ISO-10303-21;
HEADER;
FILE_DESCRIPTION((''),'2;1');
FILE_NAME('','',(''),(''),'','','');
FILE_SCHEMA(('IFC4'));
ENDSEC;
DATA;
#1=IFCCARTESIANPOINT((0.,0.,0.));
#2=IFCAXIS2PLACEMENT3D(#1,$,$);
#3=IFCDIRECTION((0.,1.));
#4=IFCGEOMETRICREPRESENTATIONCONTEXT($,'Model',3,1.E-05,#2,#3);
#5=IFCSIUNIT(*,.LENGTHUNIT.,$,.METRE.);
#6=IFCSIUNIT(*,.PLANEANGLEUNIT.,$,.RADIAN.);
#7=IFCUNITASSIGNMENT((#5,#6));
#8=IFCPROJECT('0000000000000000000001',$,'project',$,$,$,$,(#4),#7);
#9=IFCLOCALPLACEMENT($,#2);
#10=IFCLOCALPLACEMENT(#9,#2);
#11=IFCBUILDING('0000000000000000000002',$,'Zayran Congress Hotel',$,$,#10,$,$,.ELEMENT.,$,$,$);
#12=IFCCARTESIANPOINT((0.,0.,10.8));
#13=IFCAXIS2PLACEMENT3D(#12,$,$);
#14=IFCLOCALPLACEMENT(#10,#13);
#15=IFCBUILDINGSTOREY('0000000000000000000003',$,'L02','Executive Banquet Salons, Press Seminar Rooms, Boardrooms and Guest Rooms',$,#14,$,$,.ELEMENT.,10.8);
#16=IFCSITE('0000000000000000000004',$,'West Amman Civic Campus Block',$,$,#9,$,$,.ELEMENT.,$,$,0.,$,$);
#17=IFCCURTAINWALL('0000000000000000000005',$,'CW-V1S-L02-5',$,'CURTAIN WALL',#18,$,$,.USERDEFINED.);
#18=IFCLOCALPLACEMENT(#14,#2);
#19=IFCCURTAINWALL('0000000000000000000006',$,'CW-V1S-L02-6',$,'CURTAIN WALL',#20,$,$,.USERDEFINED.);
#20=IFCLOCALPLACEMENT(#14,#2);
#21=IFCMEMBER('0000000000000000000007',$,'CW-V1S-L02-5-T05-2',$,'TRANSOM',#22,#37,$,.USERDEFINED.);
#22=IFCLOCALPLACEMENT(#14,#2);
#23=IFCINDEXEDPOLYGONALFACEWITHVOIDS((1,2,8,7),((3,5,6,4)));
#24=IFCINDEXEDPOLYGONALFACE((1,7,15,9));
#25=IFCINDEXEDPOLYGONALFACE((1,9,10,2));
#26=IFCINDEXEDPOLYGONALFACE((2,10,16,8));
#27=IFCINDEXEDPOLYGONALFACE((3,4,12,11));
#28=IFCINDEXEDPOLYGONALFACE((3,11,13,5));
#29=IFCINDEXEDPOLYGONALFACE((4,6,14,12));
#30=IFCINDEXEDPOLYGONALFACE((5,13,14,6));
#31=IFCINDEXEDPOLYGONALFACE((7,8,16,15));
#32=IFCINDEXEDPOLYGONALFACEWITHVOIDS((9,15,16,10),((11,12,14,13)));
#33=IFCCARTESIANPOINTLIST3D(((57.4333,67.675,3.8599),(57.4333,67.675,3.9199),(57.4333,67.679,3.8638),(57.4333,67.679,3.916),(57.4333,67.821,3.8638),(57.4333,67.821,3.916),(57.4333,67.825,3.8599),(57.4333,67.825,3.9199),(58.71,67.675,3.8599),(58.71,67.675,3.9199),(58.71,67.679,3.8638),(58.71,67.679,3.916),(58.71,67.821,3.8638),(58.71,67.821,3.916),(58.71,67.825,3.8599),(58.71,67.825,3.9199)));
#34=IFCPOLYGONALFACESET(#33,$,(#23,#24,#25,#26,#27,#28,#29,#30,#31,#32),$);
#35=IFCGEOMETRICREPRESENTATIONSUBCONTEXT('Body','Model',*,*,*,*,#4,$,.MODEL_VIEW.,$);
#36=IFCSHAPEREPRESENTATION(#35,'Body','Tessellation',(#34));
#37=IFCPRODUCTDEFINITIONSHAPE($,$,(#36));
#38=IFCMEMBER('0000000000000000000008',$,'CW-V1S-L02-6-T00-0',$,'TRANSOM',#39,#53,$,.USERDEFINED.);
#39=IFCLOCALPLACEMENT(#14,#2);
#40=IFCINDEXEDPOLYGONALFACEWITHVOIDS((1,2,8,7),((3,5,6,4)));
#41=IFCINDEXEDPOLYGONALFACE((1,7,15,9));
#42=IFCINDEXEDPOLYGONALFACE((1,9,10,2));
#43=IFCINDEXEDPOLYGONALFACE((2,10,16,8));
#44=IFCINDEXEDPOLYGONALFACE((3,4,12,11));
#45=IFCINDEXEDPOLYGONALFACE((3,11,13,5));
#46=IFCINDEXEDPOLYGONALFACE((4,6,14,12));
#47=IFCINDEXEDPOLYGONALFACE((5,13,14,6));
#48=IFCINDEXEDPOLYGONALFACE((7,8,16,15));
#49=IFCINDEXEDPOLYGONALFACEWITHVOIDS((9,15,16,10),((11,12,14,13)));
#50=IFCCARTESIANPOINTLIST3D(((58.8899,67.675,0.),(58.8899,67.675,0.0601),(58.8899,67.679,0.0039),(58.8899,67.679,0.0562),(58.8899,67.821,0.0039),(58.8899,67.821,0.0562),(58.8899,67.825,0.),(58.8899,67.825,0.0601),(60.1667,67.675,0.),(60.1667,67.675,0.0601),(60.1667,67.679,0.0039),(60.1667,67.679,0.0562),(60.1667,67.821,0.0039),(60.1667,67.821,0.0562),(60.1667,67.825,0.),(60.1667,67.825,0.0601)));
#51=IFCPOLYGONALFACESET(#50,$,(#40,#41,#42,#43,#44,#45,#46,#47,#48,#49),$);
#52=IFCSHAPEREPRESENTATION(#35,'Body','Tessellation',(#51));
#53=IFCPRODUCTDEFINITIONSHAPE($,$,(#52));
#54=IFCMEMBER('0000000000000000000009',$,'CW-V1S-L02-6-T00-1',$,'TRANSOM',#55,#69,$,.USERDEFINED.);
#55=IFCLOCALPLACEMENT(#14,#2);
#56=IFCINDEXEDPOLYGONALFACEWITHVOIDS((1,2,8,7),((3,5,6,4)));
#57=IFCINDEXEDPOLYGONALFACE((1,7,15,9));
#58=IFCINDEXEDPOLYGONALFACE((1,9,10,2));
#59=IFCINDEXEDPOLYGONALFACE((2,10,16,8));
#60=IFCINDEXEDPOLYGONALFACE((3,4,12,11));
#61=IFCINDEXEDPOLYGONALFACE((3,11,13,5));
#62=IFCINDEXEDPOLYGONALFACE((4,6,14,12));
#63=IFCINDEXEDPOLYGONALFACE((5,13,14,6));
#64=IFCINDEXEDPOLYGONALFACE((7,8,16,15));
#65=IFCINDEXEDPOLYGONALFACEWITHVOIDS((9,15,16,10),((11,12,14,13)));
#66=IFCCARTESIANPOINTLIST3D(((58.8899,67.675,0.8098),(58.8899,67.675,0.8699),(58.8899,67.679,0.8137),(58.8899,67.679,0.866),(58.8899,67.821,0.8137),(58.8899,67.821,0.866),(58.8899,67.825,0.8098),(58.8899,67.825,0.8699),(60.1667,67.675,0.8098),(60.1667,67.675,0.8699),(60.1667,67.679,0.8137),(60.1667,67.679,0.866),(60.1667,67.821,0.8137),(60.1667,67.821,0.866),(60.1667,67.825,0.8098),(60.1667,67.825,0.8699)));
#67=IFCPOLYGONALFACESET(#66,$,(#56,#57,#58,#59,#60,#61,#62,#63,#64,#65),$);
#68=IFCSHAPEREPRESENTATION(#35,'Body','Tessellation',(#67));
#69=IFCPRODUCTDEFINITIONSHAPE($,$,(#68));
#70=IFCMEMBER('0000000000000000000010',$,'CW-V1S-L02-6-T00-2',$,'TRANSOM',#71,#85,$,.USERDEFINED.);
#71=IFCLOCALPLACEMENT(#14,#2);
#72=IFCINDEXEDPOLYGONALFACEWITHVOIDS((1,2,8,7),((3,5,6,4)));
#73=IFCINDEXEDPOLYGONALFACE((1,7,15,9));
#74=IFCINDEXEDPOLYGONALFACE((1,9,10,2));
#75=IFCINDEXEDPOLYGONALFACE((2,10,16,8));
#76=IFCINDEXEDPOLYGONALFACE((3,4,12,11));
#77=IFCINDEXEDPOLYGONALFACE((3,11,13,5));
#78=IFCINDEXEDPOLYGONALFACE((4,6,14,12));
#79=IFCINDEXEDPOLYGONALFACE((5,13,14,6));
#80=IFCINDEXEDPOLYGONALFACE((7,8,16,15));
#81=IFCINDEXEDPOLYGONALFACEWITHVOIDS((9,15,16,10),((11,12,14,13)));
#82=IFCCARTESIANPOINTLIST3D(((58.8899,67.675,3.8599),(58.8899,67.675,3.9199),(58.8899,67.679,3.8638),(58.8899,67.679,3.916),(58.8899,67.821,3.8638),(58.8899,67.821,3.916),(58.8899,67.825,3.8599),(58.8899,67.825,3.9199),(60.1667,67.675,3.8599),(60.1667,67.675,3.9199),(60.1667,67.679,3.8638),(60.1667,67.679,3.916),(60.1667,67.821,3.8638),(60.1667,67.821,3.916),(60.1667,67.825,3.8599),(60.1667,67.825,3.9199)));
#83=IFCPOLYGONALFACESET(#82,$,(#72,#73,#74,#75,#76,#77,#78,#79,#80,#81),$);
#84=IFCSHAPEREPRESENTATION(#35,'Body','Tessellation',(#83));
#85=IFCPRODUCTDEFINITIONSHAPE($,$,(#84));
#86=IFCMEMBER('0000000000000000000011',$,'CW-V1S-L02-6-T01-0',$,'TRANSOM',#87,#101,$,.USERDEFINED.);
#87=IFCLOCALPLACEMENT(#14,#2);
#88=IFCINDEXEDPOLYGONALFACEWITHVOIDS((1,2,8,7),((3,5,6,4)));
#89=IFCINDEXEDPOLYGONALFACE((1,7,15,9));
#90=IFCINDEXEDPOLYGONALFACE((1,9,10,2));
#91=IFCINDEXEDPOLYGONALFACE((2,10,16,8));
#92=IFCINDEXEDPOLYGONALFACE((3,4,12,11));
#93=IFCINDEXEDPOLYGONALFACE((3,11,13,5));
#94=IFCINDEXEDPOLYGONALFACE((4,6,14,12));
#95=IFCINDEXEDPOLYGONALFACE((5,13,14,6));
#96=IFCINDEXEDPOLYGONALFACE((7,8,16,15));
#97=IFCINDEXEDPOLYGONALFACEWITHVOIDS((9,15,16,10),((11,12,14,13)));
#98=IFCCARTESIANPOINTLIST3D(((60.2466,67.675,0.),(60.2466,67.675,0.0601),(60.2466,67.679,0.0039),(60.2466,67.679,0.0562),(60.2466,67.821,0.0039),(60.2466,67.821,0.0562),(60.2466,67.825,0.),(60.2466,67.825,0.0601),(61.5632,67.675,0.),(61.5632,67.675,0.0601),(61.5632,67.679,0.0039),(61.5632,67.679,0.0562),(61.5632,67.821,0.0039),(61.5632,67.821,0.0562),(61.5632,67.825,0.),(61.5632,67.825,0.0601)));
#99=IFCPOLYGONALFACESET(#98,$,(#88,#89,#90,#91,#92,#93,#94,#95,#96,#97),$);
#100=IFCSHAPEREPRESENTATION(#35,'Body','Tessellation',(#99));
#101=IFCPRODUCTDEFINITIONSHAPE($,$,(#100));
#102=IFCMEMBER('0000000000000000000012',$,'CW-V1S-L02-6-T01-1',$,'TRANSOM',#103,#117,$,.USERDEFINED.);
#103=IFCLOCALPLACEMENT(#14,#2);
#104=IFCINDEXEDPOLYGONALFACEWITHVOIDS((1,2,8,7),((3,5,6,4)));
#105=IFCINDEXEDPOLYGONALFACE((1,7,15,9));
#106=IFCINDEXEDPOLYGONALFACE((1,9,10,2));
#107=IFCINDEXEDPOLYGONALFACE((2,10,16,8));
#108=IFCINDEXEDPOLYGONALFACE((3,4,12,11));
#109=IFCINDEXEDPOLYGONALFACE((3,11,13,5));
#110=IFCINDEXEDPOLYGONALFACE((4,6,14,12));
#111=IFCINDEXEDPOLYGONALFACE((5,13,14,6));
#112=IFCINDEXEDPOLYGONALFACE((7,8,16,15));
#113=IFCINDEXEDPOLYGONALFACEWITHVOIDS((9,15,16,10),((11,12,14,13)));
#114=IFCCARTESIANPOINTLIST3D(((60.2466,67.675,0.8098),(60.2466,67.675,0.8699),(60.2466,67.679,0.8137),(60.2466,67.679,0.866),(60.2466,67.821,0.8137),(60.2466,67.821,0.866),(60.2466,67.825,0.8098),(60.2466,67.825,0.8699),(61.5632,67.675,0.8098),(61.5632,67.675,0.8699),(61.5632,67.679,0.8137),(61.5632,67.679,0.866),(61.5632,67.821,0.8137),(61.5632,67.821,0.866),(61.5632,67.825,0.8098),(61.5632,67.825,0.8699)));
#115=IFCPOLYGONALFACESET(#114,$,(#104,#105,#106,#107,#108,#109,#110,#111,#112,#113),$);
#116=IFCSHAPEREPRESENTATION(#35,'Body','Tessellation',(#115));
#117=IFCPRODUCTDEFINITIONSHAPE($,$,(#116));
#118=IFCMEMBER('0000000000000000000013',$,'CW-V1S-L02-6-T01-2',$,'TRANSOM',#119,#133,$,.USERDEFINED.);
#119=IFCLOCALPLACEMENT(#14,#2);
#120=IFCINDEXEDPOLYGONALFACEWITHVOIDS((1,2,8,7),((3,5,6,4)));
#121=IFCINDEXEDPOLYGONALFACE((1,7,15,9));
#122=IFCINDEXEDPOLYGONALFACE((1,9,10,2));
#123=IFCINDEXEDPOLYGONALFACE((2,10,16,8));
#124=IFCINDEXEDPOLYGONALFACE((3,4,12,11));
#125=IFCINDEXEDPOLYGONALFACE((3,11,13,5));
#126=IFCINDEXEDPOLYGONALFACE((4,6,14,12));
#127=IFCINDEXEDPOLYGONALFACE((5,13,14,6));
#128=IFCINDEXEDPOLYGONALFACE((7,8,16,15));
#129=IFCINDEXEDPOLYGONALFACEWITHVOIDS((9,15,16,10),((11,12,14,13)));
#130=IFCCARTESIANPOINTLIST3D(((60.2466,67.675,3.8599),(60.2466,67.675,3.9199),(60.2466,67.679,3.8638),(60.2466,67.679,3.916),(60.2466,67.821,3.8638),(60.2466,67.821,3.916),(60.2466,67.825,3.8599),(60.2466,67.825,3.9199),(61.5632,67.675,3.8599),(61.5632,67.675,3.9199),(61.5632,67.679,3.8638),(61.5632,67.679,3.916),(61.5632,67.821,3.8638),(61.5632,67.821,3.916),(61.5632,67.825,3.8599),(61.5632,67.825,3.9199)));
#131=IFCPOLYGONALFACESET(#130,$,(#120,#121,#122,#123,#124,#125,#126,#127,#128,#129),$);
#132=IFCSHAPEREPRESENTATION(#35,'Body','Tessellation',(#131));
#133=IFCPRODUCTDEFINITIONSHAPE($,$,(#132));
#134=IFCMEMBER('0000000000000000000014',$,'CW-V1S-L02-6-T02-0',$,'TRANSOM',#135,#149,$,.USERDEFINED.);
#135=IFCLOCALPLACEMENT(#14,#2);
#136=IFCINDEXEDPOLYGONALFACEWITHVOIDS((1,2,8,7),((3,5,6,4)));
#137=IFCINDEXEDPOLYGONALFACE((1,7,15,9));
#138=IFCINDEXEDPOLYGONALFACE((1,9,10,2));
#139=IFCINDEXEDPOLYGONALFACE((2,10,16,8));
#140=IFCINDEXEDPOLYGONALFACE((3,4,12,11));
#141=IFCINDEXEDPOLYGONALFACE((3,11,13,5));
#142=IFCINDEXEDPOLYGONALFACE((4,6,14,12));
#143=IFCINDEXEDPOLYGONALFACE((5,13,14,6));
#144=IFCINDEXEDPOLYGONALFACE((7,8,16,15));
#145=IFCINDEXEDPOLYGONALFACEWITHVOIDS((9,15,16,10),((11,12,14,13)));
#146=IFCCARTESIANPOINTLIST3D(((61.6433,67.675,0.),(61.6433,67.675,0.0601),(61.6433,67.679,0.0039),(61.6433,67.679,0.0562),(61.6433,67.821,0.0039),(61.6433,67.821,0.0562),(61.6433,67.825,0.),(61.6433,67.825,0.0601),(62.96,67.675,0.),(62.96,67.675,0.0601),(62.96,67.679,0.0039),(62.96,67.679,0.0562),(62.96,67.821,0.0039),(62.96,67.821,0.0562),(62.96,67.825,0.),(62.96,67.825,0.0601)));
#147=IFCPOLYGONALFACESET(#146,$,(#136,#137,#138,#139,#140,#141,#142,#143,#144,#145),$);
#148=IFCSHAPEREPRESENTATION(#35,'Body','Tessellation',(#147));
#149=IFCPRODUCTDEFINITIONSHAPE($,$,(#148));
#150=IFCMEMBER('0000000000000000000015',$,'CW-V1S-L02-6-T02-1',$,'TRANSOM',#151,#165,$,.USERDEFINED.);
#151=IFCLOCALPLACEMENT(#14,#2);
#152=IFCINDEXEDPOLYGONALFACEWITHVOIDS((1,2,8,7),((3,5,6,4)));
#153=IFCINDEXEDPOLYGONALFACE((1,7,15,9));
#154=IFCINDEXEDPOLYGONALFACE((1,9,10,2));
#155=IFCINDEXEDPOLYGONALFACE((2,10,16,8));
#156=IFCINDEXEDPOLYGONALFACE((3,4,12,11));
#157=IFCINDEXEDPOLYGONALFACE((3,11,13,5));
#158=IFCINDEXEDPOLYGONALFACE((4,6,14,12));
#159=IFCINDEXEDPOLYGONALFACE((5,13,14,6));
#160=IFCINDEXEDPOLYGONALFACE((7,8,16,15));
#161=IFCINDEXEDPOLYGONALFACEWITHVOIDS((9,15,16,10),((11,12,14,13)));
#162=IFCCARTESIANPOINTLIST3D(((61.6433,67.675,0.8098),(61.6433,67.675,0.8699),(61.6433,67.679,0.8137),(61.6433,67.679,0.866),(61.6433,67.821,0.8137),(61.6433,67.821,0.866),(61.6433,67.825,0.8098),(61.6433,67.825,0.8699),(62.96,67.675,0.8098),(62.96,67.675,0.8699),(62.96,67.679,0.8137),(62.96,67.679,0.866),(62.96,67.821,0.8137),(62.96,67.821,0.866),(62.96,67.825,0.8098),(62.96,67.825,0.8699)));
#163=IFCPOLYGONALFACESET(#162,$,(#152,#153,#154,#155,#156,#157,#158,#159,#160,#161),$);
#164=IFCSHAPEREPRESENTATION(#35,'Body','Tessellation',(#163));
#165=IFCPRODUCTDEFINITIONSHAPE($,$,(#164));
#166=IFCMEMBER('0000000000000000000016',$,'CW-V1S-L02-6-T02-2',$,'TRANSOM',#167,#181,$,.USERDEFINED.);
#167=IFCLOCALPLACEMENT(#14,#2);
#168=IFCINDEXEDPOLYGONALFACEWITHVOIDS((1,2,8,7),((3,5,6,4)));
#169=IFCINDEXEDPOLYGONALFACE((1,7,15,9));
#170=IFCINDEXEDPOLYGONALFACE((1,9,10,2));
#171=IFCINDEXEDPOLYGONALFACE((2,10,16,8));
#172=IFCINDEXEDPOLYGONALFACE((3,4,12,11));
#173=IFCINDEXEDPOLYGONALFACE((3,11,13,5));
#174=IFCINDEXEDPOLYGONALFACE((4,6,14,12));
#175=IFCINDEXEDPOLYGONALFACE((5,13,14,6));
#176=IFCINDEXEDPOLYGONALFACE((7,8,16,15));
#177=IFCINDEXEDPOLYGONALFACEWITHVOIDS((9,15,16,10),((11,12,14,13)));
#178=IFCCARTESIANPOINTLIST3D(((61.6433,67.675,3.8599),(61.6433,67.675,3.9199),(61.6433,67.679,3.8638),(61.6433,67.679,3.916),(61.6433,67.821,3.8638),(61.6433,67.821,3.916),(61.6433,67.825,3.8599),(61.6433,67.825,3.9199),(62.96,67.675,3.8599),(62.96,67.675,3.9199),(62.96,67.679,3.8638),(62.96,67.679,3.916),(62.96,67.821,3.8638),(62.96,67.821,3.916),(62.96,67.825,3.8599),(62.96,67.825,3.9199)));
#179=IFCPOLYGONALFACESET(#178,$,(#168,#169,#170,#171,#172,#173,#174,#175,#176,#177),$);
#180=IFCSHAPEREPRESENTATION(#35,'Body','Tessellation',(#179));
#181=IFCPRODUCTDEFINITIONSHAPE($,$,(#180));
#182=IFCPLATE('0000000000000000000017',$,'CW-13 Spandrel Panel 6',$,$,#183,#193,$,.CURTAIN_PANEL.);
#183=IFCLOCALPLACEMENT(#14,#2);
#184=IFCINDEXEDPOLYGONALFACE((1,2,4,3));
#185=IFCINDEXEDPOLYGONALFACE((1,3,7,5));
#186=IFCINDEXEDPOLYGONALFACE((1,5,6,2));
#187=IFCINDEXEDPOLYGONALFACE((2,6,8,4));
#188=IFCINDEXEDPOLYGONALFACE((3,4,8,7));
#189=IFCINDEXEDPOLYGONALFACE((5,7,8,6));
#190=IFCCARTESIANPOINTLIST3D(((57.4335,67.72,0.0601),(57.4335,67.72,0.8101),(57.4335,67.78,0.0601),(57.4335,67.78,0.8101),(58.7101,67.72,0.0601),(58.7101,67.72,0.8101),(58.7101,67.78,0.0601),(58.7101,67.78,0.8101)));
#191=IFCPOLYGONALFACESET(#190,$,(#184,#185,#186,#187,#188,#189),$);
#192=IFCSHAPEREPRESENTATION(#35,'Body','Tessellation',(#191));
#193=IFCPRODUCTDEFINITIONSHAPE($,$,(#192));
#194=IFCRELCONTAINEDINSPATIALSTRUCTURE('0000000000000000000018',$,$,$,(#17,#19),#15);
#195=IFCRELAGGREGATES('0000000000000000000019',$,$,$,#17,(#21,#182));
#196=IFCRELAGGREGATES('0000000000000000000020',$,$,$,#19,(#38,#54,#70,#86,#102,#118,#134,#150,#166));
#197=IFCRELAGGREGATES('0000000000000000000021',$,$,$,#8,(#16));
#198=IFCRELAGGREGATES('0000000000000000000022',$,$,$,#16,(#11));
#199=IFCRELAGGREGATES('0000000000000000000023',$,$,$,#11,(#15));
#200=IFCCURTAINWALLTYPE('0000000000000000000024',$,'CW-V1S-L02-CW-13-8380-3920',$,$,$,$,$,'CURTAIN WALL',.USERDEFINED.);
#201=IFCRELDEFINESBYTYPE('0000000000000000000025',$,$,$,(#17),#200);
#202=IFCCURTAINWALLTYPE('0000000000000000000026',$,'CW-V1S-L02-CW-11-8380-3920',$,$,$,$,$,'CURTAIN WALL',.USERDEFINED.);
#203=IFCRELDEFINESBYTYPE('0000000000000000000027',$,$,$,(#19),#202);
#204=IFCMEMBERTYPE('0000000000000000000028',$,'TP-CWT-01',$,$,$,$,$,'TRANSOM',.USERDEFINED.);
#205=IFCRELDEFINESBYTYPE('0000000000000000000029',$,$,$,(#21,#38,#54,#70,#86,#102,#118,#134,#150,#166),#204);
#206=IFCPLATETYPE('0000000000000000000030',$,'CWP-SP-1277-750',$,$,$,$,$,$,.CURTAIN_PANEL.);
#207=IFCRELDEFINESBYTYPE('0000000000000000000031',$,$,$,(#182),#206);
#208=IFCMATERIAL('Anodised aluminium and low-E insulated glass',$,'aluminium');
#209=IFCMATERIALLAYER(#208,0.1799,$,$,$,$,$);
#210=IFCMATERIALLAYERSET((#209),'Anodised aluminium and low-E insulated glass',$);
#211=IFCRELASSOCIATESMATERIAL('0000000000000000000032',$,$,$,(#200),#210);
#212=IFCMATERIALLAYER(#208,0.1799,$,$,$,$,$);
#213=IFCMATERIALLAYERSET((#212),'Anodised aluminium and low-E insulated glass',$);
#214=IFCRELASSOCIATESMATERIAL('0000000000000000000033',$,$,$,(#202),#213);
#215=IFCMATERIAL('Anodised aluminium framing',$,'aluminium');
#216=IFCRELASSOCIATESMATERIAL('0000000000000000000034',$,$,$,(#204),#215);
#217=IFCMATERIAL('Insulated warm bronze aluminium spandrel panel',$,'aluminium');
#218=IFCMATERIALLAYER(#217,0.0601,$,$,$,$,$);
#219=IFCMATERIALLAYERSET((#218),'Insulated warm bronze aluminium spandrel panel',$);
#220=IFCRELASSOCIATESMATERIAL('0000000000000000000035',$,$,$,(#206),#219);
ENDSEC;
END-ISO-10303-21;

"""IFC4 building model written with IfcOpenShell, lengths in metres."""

from ifc_helpers import new_model, si_unit, direction, frame, origin, origin_2d, place, context, subcontext, project, spatial, rectangle, hollow_rectangle, extrude, material, layer, layer_set, material_profile, profile_set, type_object, element, aggregate, save


model = new_model("IFC4")

# Units and contexts
model_context = context("Model", 3, precision=1e-05, world=origin(), true_north=direction((0.0, 1.0)))
body_context = subcontext(model_context, "Body", "Model", "MODEL_VIEW")
ifc_project = project(units=[si_unit("LENGTHUNIT", "METRE"), si_unit("PLANEANGLEUNIT", "RADIAN")], contexts=[model_context])

# Site, building, storey
site_placement = place(None, origin())
site = spatial("IfcSite", under=ifc_project, at=site_placement, Name="West Amman Civic Campus Block", CompositionType="ELEMENT", RefElevation=0.0)
building_placement = place(site_placement, origin())
building = spatial("IfcBuilding", under=site, at=building_placement, Name="Zayran Congress Hotel", CompositionType="ELEMENT")
storey_placement = place(building_placement, frame((0.0, 0.0, 10.8)))
storey = spatial("IfcBuildingStorey", under=building, at=storey_placement, Name="L02", Description="Executive Banquet Salons, Press Seminar Rooms, Boardrooms and Guest Rooms", CompositionType="ELEMENT", Elevation=10.8)

# Curtain walls
ifc_material_1 = material(Name="Anodised aluminium and low-E insulated glass", Category="aluminium")
ifc_layer_1 = layer(ifc_material_1, 0.1799)
ifc_layer_set_1 = layer_set([ifc_layer_1], Name="Anodised aluminium and low-E insulated glass")
curtain_wall_type_1 = type_object("IfcCurtainWallType", Name="CW-V1S-L02-CW-13-8380-3920", ElementType="CURTAIN WALL", PredefinedType="USERDEFINED", material=ifc_layer_set_1)
curtain_wall_1_placement = place(storey_placement, origin())
curtain_wall_1 = element("IfcCurtainWall", 1, at=curtain_wall_1_placement, inside=storey, type_object=curtain_wall_type_1, Name="CW-V1S-L02-5", ObjectType="CURTAIN WALL", PredefinedType="USERDEFINED")
ifc_material_2 = material(Name="Anodised aluminium framing", Category="aluminium")
ifc_layer_2 = layer(ifc_material_1, 0.1799)
ifc_layer_set_2 = layer_set([ifc_layer_2], Name="Anodised aluminium and low-E insulated glass")
curtain_wall_type_2 = type_object("IfcCurtainWallType", Name="CW-V1S-L02-CW-11-8380-3920", ElementType="CURTAIN WALL", PredefinedType="USERDEFINED", material=ifc_layer_set_2)
curtain_wall_2_placement = place(storey_placement, origin())
curtain_wall_2 = element("IfcCurtainWall", 2, at=curtain_wall_2_placement, inside=storey, type_object=curtain_wall_type_2, Name="CW-V1S-L02-6", ObjectType="CURTAIN WALL", PredefinedType="USERDEFINED")

# Members
ifc_material_profile_1 = material_profile(ifc_material_2, hollow_rectangle(XDim=0.0601, YDim=0.1499, WallThickness=0.0039, at=origin_2d()), Name="RHS 150x60x4")
ifc_profile_set_1 = profile_set([ifc_material_profile_1], Name="Anodised aluminium framing")
member_type_1 = type_object("IfcMemberType", Name="TP-CWT-01", ElementType="TRANSOM", PredefinedType="USERDEFINED", material=ifc_profile_set_1)
member_1_placement = place(storey_placement, frame((57.4333, 67.75, 3.8899), z_axis=(1.0, 0.0, 0.0), x_axis=(0.0, 0.0, 1.0)))
member_1 = element("IfcMember", 3, at=member_1_placement, type_object=member_type_1, Name="CW-V1S-L02-5-T05-2", ObjectType="TRANSOM", PredefinedType="USERDEFINED", context=body_context, shape_type="SweptSolid", body=[
    extrude(hollow_rectangle(XDim=0.0601, YDim=0.1499, WallThickness=0.0039, at=origin_2d()), origin(), (0.0, 0.0, 1.0), 1.2766),
])
member_2_placement = place(storey_placement, frame((58.8899, 67.75, 0.03), z_axis=(1.0, 0.0, 0.0), x_axis=(0.0, 0.0, 1.0)))
member_2 = element("IfcMember", 4, at=member_2_placement, type_object=member_type_1, Name="CW-V1S-L02-6-T00-0", ObjectType="TRANSOM", PredefinedType="USERDEFINED", context=body_context, shape_type="SweptSolid", body=[
    extrude(hollow_rectangle(XDim=0.0601, YDim=0.1499, WallThickness=0.0039, at=origin_2d()), origin(), (0.0, 0.0, 1.0), 1.2769),
])
member_3_placement = place(storey_placement, frame((58.8899, 67.75, 0.8398), z_axis=(1.0, 0.0, 0.0), x_axis=(0.0, 0.0, 1.0)))
member_3 = element("IfcMember", 5, at=member_3_placement, type_object=member_type_1, Name="CW-V1S-L02-6-T00-1", ObjectType="TRANSOM", PredefinedType="USERDEFINED", context=body_context, shape_type="SweptSolid", body=[
    extrude(hollow_rectangle(XDim=0.0601, YDim=0.1499, WallThickness=0.0039, at=origin_2d()), origin(), (0.0, 0.0, 1.0), 1.2769),
])
member_4_placement = place(storey_placement, frame((58.8899, 67.75, 3.8899), z_axis=(1.0, 0.0, 0.0), x_axis=(0.0, 0.0, 1.0)))
member_4 = element("IfcMember", 6, at=member_4_placement, type_object=member_type_1, Name="CW-V1S-L02-6-T00-2", ObjectType="TRANSOM", PredefinedType="USERDEFINED", context=body_context, shape_type="SweptSolid", body=[
    extrude(hollow_rectangle(XDim=0.0601, YDim=0.1499, WallThickness=0.0039, at=origin_2d()), origin(), (0.0, 0.0, 1.0), 1.2769),
])
member_5_placement = place(storey_placement, frame((60.2466, 67.75, 0.03), z_axis=(1.0, 0.0, 0.0), x_axis=(0.0, 0.0, 1.0)))
member_5 = element("IfcMember", 7, at=member_5_placement, type_object=member_type_1, Name="CW-V1S-L02-6-T01-0", ObjectType="TRANSOM", PredefinedType="USERDEFINED", context=body_context, shape_type="SweptSolid", body=[
    extrude(hollow_rectangle(XDim=0.0601, YDim=0.1499, WallThickness=0.0039, at=origin_2d()), origin(), (0.0, 0.0, 1.0), 1.3167),
])
member_6_placement = place(storey_placement, frame((60.2466, 67.75, 0.8398), z_axis=(1.0, 0.0, 0.0), x_axis=(0.0, 0.0, 1.0)))
member_6 = element("IfcMember", 8, at=member_6_placement, type_object=member_type_1, Name="CW-V1S-L02-6-T01-1", ObjectType="TRANSOM", PredefinedType="USERDEFINED", context=body_context, shape_type="SweptSolid", body=[
    extrude(hollow_rectangle(XDim=0.0601, YDim=0.1499, WallThickness=0.0039, at=origin_2d()), origin(), (0.0, 0.0, 1.0), 1.3167),
])
member_7_placement = place(storey_placement, frame((60.2466, 67.75, 3.8899), z_axis=(1.0, 0.0, 0.0), x_axis=(0.0, 0.0, 1.0)))
member_7 = element("IfcMember", 9, at=member_7_placement, type_object=member_type_1, Name="CW-V1S-L02-6-T01-2", ObjectType="TRANSOM", PredefinedType="USERDEFINED", context=body_context, shape_type="SweptSolid", body=[
    extrude(hollow_rectangle(XDim=0.0601, YDim=0.1499, WallThickness=0.0039, at=origin_2d()), origin(), (0.0, 0.0, 1.0), 1.3167),
])
member_8_placement = place(storey_placement, frame((61.6433, 67.75, 0.03), z_axis=(1.0, 0.0, 0.0), x_axis=(0.0, 0.0, 1.0)))
member_8 = element("IfcMember", 10, at=member_8_placement, type_object=member_type_1, Name="CW-V1S-L02-6-T02-0", ObjectType="TRANSOM", PredefinedType="USERDEFINED", context=body_context, shape_type="SweptSolid", body=[
    extrude(hollow_rectangle(XDim=0.0601, YDim=0.1499, WallThickness=0.0039, at=origin_2d()), origin(), (0.0, 0.0, 1.0), 1.3167),
])
member_9_placement = place(storey_placement, frame((61.6433, 67.75, 0.8398), z_axis=(1.0, 0.0, 0.0), x_axis=(0.0, 0.0, 1.0)))
member_9 = element("IfcMember", 11, at=member_9_placement, type_object=member_type_1, Name="CW-V1S-L02-6-T02-1", ObjectType="TRANSOM", PredefinedType="USERDEFINED", context=body_context, shape_type="SweptSolid", body=[
    extrude(hollow_rectangle(XDim=0.0601, YDim=0.1499, WallThickness=0.0039, at=origin_2d()), origin(), (0.0, 0.0, 1.0), 1.3167),
])
member_10_placement = place(storey_placement, frame((61.6433, 67.75, 3.8899), z_axis=(1.0, 0.0, 0.0), x_axis=(0.0, 0.0, 1.0)))
member_10 = element("IfcMember", 12, at=member_10_placement, type_object=member_type_1, Name="CW-V1S-L02-6-T02-2", ObjectType="TRANSOM", PredefinedType="USERDEFINED", context=body_context, shape_type="SweptSolid", body=[
    extrude(hollow_rectangle(XDim=0.0601, YDim=0.1499, WallThickness=0.0039, at=origin_2d()), origin(), (0.0, 0.0, 1.0), 1.3167),
])

# Plate
ifc_material_3 = material(Name="Insulated warm bronze aluminium spandrel panel", Category="aluminium")
ifc_layer_3 = layer(ifc_material_3, 0.0601)
ifc_layer_set_3 = layer_set([ifc_layer_3], Name="Insulated warm bronze aluminium spandrel panel")
plate_type_1 = type_object("IfcPlateType", Name="CWP-SP-1277-750", PredefinedType="CURTAIN_PANEL", material=ifc_layer_set_3)
plate_1_placement = place(storey_placement, frame((58.0718, 67.75, 0.0601), z_axis=(0.0, 0.0, 1.0), x_axis=(1.0, 0.0, 0.0)))
plate_1 = element("IfcPlate", 13, at=plate_1_placement, type_object=plate_type_1, Name="CW-13 Spandrel Panel 6", PredefinedType="CURTAIN_PANEL", context=body_context, shape_type="SweptSolid", body=[
    extrude(rectangle(XDim=1.2766, YDim=0.0601, at=origin_2d()), origin(), (0.0, 0.0, 1.0), 0.75),
])
aggregate(curtain_wall_1, [member_1, plate_1])
aggregate(curtain_wall_2, [member_2, member_3, member_4, member_5, member_6, member_7, member_8, member_9, member_10])

save(model, "model.ifc")
